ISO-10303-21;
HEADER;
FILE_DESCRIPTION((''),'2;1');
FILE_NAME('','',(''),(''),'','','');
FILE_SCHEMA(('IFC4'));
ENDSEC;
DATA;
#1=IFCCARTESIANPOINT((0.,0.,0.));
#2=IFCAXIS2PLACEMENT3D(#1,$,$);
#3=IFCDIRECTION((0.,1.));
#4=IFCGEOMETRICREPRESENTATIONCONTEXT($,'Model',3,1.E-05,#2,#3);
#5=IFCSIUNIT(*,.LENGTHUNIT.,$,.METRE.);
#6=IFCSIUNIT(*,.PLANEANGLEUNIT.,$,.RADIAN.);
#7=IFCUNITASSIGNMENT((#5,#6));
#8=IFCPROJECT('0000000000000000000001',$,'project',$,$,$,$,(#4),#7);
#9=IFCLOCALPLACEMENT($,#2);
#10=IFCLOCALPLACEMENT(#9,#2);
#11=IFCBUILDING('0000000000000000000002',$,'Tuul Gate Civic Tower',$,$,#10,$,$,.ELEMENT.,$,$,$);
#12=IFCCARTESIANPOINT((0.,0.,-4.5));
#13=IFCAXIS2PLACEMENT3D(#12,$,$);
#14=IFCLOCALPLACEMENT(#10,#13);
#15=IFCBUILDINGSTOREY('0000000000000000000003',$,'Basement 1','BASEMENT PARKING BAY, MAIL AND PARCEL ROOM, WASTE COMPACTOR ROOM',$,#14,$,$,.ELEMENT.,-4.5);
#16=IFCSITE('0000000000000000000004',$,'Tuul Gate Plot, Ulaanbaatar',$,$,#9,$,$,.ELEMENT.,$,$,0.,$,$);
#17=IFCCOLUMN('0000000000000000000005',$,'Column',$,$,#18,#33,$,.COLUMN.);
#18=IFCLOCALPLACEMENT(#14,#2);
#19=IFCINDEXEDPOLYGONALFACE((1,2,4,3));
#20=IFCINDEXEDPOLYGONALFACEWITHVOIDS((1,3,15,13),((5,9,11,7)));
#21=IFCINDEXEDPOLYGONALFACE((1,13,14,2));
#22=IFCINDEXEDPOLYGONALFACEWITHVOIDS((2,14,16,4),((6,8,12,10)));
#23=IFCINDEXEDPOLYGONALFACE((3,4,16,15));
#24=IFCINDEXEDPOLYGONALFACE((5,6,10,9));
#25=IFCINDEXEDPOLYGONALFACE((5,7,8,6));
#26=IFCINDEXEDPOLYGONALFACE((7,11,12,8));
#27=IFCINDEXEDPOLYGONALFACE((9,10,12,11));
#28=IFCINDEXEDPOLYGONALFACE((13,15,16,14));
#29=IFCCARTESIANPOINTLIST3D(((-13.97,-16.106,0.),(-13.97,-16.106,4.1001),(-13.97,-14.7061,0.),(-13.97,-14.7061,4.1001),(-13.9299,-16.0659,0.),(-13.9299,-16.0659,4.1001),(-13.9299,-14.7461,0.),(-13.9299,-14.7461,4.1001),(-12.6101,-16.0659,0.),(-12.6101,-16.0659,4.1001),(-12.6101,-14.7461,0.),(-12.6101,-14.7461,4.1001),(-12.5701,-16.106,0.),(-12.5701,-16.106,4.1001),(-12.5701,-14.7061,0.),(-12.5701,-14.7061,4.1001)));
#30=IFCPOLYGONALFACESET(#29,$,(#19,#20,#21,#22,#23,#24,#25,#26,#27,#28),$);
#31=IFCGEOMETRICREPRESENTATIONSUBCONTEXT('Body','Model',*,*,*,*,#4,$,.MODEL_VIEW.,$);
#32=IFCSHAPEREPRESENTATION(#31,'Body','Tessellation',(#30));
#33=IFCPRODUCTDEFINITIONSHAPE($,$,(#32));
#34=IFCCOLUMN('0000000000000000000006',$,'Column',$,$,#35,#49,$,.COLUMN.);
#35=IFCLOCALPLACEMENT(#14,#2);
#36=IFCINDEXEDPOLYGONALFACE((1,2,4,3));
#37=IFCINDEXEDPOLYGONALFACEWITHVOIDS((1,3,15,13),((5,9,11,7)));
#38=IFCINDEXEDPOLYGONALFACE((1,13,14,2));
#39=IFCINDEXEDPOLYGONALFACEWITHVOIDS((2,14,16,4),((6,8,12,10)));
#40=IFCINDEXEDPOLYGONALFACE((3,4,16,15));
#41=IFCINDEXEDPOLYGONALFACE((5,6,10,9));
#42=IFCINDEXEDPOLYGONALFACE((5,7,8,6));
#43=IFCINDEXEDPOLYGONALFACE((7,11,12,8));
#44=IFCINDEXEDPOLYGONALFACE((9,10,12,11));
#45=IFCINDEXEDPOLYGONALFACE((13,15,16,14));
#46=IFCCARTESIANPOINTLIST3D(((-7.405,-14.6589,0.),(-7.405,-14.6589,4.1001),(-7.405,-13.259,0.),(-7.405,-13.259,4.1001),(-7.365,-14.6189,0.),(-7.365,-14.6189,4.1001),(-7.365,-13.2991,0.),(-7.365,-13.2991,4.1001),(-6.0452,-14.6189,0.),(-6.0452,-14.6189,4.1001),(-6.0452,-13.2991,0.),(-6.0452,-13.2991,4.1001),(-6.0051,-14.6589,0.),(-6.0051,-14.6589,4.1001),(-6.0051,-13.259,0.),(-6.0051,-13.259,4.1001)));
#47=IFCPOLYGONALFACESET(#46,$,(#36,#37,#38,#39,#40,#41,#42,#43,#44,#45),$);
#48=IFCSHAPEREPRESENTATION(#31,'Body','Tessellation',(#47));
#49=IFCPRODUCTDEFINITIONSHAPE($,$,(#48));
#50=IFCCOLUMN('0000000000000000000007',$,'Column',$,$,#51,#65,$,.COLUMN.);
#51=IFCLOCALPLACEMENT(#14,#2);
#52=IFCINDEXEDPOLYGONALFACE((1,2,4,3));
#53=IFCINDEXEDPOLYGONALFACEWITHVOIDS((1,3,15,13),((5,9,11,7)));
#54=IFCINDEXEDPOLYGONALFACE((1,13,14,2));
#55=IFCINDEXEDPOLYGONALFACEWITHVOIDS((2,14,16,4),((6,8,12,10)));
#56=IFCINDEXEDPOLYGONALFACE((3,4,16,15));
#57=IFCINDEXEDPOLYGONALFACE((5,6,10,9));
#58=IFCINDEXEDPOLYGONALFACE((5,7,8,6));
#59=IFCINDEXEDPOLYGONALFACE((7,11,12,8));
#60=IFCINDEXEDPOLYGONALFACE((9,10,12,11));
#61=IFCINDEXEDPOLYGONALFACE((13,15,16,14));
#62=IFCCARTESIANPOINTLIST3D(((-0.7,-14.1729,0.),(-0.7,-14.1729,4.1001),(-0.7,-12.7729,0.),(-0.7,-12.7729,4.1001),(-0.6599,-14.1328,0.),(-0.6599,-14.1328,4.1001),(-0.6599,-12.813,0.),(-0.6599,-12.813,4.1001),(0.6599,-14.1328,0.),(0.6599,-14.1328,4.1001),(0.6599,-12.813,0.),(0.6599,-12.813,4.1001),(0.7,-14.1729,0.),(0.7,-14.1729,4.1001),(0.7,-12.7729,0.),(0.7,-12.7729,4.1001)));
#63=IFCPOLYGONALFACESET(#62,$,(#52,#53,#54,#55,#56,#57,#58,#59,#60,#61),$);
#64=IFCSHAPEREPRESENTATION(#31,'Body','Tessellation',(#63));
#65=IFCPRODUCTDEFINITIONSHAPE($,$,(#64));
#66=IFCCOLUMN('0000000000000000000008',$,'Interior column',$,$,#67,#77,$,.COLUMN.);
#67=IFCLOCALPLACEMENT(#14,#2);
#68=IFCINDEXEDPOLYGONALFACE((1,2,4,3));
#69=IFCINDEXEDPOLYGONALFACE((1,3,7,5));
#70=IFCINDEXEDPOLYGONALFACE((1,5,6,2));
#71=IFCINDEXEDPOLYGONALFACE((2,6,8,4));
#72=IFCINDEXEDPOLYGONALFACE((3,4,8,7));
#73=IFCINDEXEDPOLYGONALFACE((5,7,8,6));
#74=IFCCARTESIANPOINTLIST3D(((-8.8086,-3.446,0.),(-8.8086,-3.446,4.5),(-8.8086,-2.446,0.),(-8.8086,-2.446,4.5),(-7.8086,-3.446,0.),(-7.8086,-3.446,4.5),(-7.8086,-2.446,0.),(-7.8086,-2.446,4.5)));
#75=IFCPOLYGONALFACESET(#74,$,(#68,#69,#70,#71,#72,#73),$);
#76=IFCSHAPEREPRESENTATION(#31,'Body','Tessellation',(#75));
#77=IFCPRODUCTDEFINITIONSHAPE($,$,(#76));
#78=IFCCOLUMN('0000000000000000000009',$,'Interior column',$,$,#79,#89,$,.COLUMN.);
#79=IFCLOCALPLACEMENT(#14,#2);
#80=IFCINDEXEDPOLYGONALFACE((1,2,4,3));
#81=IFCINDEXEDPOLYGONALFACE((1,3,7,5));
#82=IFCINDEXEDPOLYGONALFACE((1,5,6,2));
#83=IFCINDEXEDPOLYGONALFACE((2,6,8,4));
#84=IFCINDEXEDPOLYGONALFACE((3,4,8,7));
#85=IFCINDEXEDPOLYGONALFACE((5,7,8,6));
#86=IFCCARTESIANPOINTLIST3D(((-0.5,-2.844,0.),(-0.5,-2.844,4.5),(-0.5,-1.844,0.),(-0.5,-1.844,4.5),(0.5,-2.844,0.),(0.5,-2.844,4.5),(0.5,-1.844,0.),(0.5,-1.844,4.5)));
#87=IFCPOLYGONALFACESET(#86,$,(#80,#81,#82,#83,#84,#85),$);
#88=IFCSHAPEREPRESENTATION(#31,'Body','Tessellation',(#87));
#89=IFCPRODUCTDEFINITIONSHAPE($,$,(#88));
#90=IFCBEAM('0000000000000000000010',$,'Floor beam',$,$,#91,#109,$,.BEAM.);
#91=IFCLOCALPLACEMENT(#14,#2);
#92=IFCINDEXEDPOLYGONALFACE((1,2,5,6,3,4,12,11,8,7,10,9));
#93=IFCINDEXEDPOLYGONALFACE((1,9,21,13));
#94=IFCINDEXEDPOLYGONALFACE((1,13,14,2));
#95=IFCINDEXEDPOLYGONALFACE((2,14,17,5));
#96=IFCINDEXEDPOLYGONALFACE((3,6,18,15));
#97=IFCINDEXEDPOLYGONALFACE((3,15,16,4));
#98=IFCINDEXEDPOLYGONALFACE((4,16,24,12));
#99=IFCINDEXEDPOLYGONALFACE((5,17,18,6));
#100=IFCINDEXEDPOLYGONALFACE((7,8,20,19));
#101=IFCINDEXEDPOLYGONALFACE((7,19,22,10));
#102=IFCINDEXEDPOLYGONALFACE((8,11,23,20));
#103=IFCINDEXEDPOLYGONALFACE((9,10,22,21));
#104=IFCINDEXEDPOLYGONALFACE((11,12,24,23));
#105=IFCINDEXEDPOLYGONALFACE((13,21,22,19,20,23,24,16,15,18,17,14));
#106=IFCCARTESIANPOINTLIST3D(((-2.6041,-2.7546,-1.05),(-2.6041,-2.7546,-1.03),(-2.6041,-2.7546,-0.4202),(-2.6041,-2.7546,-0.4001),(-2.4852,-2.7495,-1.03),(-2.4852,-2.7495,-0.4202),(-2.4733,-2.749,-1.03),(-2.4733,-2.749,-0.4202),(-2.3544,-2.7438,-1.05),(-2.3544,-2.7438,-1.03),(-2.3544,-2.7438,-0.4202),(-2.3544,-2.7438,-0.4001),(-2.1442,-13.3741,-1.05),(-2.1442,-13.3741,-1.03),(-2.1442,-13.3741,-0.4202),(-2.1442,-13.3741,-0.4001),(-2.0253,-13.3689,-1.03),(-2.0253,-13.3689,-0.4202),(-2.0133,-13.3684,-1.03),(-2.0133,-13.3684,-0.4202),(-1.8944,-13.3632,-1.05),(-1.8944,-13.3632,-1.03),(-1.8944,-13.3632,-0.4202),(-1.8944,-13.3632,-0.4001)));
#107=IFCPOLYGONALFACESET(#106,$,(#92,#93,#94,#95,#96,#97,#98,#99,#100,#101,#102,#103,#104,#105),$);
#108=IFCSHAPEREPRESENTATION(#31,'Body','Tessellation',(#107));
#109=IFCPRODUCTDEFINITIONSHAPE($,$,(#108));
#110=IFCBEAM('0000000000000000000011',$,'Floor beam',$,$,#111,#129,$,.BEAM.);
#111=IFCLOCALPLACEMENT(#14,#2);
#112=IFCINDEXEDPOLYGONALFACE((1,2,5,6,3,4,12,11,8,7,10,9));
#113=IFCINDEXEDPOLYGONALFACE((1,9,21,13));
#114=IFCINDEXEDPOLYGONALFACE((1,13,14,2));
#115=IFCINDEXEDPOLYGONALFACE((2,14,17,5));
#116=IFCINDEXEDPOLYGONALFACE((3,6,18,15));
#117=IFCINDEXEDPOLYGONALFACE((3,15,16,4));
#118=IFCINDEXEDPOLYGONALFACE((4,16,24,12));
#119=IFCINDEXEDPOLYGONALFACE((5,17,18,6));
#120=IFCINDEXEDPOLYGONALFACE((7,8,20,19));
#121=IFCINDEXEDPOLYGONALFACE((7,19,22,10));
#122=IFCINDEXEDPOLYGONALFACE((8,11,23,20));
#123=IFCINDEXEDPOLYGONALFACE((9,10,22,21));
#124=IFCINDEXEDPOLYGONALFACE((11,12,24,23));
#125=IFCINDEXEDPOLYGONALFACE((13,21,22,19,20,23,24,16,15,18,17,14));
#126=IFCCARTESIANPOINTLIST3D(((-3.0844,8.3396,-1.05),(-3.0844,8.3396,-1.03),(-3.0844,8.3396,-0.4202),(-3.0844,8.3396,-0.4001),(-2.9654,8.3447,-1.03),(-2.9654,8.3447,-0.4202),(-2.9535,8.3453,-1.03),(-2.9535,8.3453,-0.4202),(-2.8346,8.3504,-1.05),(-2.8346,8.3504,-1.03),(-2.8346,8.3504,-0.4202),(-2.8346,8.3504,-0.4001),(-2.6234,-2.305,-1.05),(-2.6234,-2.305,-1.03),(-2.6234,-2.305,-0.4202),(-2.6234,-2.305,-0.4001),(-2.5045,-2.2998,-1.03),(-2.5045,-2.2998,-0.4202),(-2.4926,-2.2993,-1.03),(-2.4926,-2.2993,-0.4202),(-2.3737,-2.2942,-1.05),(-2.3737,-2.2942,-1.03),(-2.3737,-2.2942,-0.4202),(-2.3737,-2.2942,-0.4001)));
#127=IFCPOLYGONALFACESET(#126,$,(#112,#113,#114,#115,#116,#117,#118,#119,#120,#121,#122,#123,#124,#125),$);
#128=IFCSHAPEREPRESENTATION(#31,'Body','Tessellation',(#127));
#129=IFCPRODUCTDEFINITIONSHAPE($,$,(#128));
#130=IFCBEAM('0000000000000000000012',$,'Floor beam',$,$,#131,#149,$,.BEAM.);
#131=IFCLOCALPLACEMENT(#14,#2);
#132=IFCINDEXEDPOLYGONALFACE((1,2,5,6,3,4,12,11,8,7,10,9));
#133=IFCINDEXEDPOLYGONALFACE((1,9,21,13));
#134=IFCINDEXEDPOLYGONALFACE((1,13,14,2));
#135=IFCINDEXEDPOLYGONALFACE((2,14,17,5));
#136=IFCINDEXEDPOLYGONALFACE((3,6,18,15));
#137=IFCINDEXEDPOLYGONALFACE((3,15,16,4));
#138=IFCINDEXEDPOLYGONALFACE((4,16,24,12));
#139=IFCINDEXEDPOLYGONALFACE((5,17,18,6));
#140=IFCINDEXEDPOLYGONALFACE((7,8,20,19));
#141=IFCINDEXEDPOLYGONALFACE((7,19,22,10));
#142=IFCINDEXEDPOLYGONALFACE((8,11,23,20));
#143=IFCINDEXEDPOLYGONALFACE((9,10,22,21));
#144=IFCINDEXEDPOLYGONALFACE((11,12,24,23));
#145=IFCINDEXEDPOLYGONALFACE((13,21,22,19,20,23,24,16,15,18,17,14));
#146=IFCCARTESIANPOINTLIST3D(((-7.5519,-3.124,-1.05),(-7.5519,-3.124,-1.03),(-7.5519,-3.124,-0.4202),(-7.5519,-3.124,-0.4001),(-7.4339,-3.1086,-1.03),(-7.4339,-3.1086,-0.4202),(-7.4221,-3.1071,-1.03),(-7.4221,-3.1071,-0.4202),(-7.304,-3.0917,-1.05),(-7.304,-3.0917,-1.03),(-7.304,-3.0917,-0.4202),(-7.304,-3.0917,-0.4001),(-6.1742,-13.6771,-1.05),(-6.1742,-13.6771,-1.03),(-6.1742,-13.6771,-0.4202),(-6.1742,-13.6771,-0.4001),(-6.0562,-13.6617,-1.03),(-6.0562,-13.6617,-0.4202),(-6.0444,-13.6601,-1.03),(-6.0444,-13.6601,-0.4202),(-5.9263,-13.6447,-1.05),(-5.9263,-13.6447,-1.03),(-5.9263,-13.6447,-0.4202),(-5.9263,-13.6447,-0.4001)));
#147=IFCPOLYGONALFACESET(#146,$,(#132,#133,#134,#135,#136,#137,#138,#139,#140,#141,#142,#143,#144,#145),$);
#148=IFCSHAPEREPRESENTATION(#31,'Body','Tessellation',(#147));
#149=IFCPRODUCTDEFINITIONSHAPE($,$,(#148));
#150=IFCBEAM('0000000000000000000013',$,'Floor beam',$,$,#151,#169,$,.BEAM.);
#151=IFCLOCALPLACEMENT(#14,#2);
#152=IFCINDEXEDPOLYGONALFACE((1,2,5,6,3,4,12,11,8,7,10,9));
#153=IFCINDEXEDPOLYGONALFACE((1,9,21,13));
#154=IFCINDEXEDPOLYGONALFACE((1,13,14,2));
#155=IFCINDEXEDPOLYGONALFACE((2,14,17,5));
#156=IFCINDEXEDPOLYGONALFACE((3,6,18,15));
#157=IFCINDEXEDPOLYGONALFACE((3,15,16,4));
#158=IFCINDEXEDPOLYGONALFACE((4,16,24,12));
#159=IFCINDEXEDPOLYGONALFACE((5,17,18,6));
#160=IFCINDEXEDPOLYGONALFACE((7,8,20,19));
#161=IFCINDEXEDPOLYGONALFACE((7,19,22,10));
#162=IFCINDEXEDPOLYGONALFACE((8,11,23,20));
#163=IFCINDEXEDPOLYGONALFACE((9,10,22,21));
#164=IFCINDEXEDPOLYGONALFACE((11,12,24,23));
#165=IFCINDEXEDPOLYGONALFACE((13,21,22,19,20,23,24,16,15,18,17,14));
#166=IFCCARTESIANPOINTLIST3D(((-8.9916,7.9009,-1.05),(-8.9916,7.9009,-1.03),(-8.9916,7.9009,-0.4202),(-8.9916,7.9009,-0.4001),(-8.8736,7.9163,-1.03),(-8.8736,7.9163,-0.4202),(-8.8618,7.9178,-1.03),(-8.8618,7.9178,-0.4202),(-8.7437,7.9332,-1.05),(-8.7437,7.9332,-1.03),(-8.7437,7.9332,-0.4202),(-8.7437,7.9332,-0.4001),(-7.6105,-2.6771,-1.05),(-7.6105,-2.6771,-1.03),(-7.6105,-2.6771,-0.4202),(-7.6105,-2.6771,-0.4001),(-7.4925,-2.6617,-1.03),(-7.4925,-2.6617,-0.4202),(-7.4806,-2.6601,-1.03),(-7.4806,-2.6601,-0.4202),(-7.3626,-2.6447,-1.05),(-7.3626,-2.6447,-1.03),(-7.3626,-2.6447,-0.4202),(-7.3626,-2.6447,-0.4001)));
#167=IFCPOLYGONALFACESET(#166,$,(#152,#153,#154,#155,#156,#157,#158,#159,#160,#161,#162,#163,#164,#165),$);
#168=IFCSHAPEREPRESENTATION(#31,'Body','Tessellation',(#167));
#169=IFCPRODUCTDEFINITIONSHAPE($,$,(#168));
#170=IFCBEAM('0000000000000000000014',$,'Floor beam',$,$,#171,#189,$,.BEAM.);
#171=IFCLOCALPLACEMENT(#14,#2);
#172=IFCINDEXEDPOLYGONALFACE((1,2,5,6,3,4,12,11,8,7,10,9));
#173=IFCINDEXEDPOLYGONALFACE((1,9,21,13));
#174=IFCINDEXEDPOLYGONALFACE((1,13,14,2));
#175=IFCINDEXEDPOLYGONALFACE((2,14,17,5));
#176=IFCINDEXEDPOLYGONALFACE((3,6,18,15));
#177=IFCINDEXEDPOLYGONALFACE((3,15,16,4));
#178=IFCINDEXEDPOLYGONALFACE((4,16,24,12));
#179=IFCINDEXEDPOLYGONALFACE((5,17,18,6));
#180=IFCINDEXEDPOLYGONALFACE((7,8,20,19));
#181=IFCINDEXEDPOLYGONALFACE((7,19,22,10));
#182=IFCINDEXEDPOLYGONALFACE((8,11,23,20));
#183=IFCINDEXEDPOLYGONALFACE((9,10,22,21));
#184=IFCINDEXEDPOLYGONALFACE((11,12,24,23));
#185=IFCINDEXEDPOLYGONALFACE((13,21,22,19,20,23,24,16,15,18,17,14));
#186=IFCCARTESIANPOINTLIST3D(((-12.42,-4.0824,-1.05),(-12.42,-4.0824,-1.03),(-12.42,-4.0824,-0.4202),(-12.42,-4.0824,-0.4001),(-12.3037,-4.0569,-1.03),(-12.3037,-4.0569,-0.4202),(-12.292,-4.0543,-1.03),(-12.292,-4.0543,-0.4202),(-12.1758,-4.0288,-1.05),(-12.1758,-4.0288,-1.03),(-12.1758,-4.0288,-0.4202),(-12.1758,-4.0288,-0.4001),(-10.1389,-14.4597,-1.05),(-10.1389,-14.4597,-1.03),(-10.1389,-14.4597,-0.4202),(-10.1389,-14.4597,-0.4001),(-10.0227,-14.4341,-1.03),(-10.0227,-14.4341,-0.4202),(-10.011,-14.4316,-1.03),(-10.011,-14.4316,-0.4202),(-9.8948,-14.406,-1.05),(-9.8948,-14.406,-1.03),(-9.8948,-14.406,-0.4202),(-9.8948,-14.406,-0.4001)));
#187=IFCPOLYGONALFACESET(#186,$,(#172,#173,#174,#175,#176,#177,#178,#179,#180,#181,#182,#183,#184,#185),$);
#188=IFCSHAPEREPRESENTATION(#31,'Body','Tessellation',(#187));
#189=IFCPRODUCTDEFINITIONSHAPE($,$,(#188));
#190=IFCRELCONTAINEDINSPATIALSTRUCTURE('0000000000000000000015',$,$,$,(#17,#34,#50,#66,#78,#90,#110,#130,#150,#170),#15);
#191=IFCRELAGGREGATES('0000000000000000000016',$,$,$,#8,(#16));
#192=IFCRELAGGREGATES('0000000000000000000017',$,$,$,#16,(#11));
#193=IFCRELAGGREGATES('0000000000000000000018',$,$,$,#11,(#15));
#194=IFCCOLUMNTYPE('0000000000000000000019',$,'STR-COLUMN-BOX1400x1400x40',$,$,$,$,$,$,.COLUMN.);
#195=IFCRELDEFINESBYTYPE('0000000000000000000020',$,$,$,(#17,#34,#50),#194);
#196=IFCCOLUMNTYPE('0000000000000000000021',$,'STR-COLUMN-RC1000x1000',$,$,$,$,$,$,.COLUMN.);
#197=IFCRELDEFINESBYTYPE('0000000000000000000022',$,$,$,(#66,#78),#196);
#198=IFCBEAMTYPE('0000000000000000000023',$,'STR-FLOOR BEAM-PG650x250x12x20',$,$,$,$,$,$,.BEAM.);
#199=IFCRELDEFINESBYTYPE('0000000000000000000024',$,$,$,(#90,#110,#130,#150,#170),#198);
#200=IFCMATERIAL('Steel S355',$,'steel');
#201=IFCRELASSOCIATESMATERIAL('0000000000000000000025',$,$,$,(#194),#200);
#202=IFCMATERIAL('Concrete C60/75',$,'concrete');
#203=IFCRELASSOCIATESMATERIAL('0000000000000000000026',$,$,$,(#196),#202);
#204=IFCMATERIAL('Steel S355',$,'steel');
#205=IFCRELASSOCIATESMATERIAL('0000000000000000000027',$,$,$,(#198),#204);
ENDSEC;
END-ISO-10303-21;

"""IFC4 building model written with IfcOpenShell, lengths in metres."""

from ifc_helpers import new_model, si_unit, direction, frame, origin, origin_2d, place, context, subcontext, project, spatial, rectangle, hollow_rectangle, i_section, extrude, material, material_profile, profile_set, type_object, element, save


model = new_model("IFC4")

# Units and contexts
model_context = context("Model", 3, precision=1e-05, world=origin(), true_north=direction((0.0, 1.0)))
body_context = subcontext(model_context, "Body", "Model", "MODEL_VIEW")
ifc_project = project(units=[si_unit("LENGTHUNIT", "METRE"), si_unit("PLANEANGLEUNIT", "RADIAN")], contexts=[model_context])

# Site, building, storey
site_placement = place(None, origin())
site = spatial("IfcSite", under=ifc_project, at=site_placement, Name="Tuul Gate Plot, Ulaanbaatar", CompositionType="ELEMENT", RefElevation=0.0)
building_placement = place(site_placement, origin())
building = spatial("IfcBuilding", under=site, at=building_placement, Name="Tuul Gate Civic Tower", CompositionType="ELEMENT")
storey_placement = place(building_placement, frame((0.0, 0.0, -4.5)))
storey = spatial("IfcBuildingStorey", under=building, at=storey_placement, Name="Basement 1", Description="BASEMENT PARKING BAY, MAIL AND PARCEL ROOM, WASTE COMPACTOR ROOM", CompositionType="ELEMENT", Elevation=-4.5)

# Columns
ifc_material_1 = material(Name="Steel S355", Category="steel")
ifc_material_profile_1 = material_profile(ifc_material_1, hollow_rectangle(XDim=1.3999, YDim=1.3999, WallThickness=0.04, at=origin_2d()), Name="BOX1400x1400x40")
ifc_profile_set_1 = profile_set([ifc_material_profile_1], Name="Steel S355")
column_type_1 = type_object("IfcColumnType", Name="STR-COLUMN-BOX1400x1400x40", PredefinedType="COLUMN", material=ifc_profile_set_1)
for number, where, z_axis, x_axis, name in (
    (1, (-13.27, -15.406, 0.0), (0.0, 0.0, 1.0), (1.0, 0.0, 0.0), "Column"),
    (2, (-6.7051, -13.959, 0.0), (0.0, 0.0, 1.0), (1.0, 0.0, 0.0), "Column"),
    (3, (0.0, -13.4729, 0.0), (0.0, 0.0, 1.0), (1.0, 0.0, 0.0), "Column"),
):
    element("IfcColumn", number, at=place(storey_placement, frame(where, z_axis=z_axis, x_axis=x_axis)), inside=storey, type_object=column_type_1, Name=name, PredefinedType="COLUMN", context=body_context, shape_type="SweptSolid", body=[
        extrude(hollow_rectangle(XDim=1.3999, YDim=1.3999, WallThickness=0.04, at=origin_2d()), origin(), (0.0, 0.0, 1.0), 4.1001),
    ])
ifc_material_2 = material(Name="Concrete C60/75", Category="concrete")
ifc_material_profile_2 = material_profile(ifc_material_2, rectangle(XDim=1.0, YDim=1.0, at=origin_2d()), Name="RC1000x1000")
ifc_profile_set_2 = profile_set([ifc_material_profile_2], Name="Concrete C60/75")
column_type_2 = type_object("IfcColumnType", Name="STR-COLUMN-RC1000x1000", PredefinedType="COLUMN", material=ifc_profile_set_2)
for number, where, z_axis, x_axis, name in (
    (4, (-8.3086, -2.946, 0.0), (0.0, 0.0, 1.0), (1.0, 0.0, 0.0), "Interior column"),
    (5, (0.0, -2.344, 0.0), (0.0, 0.0, 1.0), (1.0, 0.0, 0.0), "Interior column"),
):
    element("IfcColumn", number, at=place(storey_placement, frame(where, z_axis=z_axis, x_axis=x_axis)), inside=storey, type_object=column_type_2, Name=name, PredefinedType="COLUMN", context=body_context, shape_type="SweptSolid", body=[
        extrude(rectangle(XDim=1.0, YDim=1.0, at=origin_2d()), origin(), (0.0, 0.0, 1.0), 4.5),
    ])

# Beams
ifc_material_3 = material(Name="Steel S355", Category="steel")
ifc_material_profile_3 = material_profile(ifc_material_3, i_section(OverallWidth=0.25, OverallDepth=0.6499, WebThickness=0.012, FlangeThickness=0.02, at=origin_2d()), Name="PG650x250x12x20")
ifc_profile_set_3 = profile_set([ifc_material_profile_3], Name="Steel S355")
beam_type_1 = type_object("IfcBeamType", Name="STR-FLOOR BEAM-PG650x250x12x20", PredefinedType="BEAM", material=ifc_profile_set_3)
beam_1_placement = place(storey_placement, frame((-2.0193, -13.3687, -0.7251), z_axis=(-0.043273, 0.999063, 0.0), x_axis=(-0.999063, -0.043273, 0.0)))
element("IfcBeam", 6, at=beam_1_placement, inside=storey, type_object=beam_type_1, Name="Floor beam", PredefinedType="BEAM", context=body_context, shape_type="SweptSolid", body=[
    extrude(i_section(OverallWidth=0.25, OverallDepth=0.6499, WebThickness=0.012, FlangeThickness=0.02, at=origin_2d()), origin(), (0.0, 0.0, 1.0), 10.6294),
])
beam_2_placement = place(storey_placement, frame((-2.4985, -2.2996, -0.7251), z_axis=(-0.043262, 0.999064, 0.0), x_axis=(-0.999064, -0.043262, 0.0)))
element("IfcBeam", 7, at=beam_2_placement, inside=storey, type_object=beam_type_1, Name="Floor beam", PredefinedType="BEAM", context=body_context, shape_type="SweptSolid", body=[
    extrude(i_section(OverallWidth=0.25, OverallDepth=0.6499, WebThickness=0.012, FlangeThickness=0.02, at=origin_2d()), origin(), (0.0, 0.0, 1.0), 10.6545),
])
beam_3_placement = place(storey_placement, frame((-6.0503, -13.6609, -0.7251), z_axis=(-0.129451, 0.991586, 0.0), x_axis=(-0.991586, -0.129451, 0.0)))
element("IfcBeam", 8, at=beam_3_placement, inside=storey, type_object=beam_type_1, Name="Floor beam", PredefinedType="BEAM", context=body_context, shape_type="SweptSolid", body=[
    extrude(i_section(OverallWidth=0.25, OverallDepth=0.6499, WebThickness=0.012, FlangeThickness=0.02, at=origin_2d()), origin(), (0.0, 0.0, 1.0), 10.6426),
])
beam_4_placement = place(storey_placement, frame((-7.4866, -2.6609, -0.7251), z_axis=(-0.129466, 0.991584, 0.0), x_axis=(-0.991584, -0.129466, 0.0)))
element("IfcBeam", 9, at=beam_4_placement, inside=storey, type_object=beam_type_1, Name="Floor beam", PredefinedType="BEAM", context=body_context, shape_type="SweptSolid", body=[
    extrude(i_section(OverallWidth=0.25, OverallDepth=0.6499, WebThickness=0.012, FlangeThickness=0.02, at=origin_2d()), origin(), (0.0, 0.0, 1.0), 10.6677),
])
beam_5_placement = place(storey_placement, frame((-10.0168, -14.4329, -0.7251), z_axis=(-0.214684, 0.976684, 0.0), x_axis=(-0.976684, -0.214684, 0.0)))
element("IfcBeam", 10, at=beam_5_placement, inside=storey, type_object=beam_type_1, Name="Floor beam", PredefinedType="BEAM", context=body_context, shape_type="SweptSolid", body=[
    extrude(i_section(OverallWidth=0.25, OverallDepth=0.6499, WebThickness=0.012, FlangeThickness=0.02, at=origin_2d()), origin(), (0.0, 0.0, 1.0), 10.625),
])

save(model, "model.ifc")
